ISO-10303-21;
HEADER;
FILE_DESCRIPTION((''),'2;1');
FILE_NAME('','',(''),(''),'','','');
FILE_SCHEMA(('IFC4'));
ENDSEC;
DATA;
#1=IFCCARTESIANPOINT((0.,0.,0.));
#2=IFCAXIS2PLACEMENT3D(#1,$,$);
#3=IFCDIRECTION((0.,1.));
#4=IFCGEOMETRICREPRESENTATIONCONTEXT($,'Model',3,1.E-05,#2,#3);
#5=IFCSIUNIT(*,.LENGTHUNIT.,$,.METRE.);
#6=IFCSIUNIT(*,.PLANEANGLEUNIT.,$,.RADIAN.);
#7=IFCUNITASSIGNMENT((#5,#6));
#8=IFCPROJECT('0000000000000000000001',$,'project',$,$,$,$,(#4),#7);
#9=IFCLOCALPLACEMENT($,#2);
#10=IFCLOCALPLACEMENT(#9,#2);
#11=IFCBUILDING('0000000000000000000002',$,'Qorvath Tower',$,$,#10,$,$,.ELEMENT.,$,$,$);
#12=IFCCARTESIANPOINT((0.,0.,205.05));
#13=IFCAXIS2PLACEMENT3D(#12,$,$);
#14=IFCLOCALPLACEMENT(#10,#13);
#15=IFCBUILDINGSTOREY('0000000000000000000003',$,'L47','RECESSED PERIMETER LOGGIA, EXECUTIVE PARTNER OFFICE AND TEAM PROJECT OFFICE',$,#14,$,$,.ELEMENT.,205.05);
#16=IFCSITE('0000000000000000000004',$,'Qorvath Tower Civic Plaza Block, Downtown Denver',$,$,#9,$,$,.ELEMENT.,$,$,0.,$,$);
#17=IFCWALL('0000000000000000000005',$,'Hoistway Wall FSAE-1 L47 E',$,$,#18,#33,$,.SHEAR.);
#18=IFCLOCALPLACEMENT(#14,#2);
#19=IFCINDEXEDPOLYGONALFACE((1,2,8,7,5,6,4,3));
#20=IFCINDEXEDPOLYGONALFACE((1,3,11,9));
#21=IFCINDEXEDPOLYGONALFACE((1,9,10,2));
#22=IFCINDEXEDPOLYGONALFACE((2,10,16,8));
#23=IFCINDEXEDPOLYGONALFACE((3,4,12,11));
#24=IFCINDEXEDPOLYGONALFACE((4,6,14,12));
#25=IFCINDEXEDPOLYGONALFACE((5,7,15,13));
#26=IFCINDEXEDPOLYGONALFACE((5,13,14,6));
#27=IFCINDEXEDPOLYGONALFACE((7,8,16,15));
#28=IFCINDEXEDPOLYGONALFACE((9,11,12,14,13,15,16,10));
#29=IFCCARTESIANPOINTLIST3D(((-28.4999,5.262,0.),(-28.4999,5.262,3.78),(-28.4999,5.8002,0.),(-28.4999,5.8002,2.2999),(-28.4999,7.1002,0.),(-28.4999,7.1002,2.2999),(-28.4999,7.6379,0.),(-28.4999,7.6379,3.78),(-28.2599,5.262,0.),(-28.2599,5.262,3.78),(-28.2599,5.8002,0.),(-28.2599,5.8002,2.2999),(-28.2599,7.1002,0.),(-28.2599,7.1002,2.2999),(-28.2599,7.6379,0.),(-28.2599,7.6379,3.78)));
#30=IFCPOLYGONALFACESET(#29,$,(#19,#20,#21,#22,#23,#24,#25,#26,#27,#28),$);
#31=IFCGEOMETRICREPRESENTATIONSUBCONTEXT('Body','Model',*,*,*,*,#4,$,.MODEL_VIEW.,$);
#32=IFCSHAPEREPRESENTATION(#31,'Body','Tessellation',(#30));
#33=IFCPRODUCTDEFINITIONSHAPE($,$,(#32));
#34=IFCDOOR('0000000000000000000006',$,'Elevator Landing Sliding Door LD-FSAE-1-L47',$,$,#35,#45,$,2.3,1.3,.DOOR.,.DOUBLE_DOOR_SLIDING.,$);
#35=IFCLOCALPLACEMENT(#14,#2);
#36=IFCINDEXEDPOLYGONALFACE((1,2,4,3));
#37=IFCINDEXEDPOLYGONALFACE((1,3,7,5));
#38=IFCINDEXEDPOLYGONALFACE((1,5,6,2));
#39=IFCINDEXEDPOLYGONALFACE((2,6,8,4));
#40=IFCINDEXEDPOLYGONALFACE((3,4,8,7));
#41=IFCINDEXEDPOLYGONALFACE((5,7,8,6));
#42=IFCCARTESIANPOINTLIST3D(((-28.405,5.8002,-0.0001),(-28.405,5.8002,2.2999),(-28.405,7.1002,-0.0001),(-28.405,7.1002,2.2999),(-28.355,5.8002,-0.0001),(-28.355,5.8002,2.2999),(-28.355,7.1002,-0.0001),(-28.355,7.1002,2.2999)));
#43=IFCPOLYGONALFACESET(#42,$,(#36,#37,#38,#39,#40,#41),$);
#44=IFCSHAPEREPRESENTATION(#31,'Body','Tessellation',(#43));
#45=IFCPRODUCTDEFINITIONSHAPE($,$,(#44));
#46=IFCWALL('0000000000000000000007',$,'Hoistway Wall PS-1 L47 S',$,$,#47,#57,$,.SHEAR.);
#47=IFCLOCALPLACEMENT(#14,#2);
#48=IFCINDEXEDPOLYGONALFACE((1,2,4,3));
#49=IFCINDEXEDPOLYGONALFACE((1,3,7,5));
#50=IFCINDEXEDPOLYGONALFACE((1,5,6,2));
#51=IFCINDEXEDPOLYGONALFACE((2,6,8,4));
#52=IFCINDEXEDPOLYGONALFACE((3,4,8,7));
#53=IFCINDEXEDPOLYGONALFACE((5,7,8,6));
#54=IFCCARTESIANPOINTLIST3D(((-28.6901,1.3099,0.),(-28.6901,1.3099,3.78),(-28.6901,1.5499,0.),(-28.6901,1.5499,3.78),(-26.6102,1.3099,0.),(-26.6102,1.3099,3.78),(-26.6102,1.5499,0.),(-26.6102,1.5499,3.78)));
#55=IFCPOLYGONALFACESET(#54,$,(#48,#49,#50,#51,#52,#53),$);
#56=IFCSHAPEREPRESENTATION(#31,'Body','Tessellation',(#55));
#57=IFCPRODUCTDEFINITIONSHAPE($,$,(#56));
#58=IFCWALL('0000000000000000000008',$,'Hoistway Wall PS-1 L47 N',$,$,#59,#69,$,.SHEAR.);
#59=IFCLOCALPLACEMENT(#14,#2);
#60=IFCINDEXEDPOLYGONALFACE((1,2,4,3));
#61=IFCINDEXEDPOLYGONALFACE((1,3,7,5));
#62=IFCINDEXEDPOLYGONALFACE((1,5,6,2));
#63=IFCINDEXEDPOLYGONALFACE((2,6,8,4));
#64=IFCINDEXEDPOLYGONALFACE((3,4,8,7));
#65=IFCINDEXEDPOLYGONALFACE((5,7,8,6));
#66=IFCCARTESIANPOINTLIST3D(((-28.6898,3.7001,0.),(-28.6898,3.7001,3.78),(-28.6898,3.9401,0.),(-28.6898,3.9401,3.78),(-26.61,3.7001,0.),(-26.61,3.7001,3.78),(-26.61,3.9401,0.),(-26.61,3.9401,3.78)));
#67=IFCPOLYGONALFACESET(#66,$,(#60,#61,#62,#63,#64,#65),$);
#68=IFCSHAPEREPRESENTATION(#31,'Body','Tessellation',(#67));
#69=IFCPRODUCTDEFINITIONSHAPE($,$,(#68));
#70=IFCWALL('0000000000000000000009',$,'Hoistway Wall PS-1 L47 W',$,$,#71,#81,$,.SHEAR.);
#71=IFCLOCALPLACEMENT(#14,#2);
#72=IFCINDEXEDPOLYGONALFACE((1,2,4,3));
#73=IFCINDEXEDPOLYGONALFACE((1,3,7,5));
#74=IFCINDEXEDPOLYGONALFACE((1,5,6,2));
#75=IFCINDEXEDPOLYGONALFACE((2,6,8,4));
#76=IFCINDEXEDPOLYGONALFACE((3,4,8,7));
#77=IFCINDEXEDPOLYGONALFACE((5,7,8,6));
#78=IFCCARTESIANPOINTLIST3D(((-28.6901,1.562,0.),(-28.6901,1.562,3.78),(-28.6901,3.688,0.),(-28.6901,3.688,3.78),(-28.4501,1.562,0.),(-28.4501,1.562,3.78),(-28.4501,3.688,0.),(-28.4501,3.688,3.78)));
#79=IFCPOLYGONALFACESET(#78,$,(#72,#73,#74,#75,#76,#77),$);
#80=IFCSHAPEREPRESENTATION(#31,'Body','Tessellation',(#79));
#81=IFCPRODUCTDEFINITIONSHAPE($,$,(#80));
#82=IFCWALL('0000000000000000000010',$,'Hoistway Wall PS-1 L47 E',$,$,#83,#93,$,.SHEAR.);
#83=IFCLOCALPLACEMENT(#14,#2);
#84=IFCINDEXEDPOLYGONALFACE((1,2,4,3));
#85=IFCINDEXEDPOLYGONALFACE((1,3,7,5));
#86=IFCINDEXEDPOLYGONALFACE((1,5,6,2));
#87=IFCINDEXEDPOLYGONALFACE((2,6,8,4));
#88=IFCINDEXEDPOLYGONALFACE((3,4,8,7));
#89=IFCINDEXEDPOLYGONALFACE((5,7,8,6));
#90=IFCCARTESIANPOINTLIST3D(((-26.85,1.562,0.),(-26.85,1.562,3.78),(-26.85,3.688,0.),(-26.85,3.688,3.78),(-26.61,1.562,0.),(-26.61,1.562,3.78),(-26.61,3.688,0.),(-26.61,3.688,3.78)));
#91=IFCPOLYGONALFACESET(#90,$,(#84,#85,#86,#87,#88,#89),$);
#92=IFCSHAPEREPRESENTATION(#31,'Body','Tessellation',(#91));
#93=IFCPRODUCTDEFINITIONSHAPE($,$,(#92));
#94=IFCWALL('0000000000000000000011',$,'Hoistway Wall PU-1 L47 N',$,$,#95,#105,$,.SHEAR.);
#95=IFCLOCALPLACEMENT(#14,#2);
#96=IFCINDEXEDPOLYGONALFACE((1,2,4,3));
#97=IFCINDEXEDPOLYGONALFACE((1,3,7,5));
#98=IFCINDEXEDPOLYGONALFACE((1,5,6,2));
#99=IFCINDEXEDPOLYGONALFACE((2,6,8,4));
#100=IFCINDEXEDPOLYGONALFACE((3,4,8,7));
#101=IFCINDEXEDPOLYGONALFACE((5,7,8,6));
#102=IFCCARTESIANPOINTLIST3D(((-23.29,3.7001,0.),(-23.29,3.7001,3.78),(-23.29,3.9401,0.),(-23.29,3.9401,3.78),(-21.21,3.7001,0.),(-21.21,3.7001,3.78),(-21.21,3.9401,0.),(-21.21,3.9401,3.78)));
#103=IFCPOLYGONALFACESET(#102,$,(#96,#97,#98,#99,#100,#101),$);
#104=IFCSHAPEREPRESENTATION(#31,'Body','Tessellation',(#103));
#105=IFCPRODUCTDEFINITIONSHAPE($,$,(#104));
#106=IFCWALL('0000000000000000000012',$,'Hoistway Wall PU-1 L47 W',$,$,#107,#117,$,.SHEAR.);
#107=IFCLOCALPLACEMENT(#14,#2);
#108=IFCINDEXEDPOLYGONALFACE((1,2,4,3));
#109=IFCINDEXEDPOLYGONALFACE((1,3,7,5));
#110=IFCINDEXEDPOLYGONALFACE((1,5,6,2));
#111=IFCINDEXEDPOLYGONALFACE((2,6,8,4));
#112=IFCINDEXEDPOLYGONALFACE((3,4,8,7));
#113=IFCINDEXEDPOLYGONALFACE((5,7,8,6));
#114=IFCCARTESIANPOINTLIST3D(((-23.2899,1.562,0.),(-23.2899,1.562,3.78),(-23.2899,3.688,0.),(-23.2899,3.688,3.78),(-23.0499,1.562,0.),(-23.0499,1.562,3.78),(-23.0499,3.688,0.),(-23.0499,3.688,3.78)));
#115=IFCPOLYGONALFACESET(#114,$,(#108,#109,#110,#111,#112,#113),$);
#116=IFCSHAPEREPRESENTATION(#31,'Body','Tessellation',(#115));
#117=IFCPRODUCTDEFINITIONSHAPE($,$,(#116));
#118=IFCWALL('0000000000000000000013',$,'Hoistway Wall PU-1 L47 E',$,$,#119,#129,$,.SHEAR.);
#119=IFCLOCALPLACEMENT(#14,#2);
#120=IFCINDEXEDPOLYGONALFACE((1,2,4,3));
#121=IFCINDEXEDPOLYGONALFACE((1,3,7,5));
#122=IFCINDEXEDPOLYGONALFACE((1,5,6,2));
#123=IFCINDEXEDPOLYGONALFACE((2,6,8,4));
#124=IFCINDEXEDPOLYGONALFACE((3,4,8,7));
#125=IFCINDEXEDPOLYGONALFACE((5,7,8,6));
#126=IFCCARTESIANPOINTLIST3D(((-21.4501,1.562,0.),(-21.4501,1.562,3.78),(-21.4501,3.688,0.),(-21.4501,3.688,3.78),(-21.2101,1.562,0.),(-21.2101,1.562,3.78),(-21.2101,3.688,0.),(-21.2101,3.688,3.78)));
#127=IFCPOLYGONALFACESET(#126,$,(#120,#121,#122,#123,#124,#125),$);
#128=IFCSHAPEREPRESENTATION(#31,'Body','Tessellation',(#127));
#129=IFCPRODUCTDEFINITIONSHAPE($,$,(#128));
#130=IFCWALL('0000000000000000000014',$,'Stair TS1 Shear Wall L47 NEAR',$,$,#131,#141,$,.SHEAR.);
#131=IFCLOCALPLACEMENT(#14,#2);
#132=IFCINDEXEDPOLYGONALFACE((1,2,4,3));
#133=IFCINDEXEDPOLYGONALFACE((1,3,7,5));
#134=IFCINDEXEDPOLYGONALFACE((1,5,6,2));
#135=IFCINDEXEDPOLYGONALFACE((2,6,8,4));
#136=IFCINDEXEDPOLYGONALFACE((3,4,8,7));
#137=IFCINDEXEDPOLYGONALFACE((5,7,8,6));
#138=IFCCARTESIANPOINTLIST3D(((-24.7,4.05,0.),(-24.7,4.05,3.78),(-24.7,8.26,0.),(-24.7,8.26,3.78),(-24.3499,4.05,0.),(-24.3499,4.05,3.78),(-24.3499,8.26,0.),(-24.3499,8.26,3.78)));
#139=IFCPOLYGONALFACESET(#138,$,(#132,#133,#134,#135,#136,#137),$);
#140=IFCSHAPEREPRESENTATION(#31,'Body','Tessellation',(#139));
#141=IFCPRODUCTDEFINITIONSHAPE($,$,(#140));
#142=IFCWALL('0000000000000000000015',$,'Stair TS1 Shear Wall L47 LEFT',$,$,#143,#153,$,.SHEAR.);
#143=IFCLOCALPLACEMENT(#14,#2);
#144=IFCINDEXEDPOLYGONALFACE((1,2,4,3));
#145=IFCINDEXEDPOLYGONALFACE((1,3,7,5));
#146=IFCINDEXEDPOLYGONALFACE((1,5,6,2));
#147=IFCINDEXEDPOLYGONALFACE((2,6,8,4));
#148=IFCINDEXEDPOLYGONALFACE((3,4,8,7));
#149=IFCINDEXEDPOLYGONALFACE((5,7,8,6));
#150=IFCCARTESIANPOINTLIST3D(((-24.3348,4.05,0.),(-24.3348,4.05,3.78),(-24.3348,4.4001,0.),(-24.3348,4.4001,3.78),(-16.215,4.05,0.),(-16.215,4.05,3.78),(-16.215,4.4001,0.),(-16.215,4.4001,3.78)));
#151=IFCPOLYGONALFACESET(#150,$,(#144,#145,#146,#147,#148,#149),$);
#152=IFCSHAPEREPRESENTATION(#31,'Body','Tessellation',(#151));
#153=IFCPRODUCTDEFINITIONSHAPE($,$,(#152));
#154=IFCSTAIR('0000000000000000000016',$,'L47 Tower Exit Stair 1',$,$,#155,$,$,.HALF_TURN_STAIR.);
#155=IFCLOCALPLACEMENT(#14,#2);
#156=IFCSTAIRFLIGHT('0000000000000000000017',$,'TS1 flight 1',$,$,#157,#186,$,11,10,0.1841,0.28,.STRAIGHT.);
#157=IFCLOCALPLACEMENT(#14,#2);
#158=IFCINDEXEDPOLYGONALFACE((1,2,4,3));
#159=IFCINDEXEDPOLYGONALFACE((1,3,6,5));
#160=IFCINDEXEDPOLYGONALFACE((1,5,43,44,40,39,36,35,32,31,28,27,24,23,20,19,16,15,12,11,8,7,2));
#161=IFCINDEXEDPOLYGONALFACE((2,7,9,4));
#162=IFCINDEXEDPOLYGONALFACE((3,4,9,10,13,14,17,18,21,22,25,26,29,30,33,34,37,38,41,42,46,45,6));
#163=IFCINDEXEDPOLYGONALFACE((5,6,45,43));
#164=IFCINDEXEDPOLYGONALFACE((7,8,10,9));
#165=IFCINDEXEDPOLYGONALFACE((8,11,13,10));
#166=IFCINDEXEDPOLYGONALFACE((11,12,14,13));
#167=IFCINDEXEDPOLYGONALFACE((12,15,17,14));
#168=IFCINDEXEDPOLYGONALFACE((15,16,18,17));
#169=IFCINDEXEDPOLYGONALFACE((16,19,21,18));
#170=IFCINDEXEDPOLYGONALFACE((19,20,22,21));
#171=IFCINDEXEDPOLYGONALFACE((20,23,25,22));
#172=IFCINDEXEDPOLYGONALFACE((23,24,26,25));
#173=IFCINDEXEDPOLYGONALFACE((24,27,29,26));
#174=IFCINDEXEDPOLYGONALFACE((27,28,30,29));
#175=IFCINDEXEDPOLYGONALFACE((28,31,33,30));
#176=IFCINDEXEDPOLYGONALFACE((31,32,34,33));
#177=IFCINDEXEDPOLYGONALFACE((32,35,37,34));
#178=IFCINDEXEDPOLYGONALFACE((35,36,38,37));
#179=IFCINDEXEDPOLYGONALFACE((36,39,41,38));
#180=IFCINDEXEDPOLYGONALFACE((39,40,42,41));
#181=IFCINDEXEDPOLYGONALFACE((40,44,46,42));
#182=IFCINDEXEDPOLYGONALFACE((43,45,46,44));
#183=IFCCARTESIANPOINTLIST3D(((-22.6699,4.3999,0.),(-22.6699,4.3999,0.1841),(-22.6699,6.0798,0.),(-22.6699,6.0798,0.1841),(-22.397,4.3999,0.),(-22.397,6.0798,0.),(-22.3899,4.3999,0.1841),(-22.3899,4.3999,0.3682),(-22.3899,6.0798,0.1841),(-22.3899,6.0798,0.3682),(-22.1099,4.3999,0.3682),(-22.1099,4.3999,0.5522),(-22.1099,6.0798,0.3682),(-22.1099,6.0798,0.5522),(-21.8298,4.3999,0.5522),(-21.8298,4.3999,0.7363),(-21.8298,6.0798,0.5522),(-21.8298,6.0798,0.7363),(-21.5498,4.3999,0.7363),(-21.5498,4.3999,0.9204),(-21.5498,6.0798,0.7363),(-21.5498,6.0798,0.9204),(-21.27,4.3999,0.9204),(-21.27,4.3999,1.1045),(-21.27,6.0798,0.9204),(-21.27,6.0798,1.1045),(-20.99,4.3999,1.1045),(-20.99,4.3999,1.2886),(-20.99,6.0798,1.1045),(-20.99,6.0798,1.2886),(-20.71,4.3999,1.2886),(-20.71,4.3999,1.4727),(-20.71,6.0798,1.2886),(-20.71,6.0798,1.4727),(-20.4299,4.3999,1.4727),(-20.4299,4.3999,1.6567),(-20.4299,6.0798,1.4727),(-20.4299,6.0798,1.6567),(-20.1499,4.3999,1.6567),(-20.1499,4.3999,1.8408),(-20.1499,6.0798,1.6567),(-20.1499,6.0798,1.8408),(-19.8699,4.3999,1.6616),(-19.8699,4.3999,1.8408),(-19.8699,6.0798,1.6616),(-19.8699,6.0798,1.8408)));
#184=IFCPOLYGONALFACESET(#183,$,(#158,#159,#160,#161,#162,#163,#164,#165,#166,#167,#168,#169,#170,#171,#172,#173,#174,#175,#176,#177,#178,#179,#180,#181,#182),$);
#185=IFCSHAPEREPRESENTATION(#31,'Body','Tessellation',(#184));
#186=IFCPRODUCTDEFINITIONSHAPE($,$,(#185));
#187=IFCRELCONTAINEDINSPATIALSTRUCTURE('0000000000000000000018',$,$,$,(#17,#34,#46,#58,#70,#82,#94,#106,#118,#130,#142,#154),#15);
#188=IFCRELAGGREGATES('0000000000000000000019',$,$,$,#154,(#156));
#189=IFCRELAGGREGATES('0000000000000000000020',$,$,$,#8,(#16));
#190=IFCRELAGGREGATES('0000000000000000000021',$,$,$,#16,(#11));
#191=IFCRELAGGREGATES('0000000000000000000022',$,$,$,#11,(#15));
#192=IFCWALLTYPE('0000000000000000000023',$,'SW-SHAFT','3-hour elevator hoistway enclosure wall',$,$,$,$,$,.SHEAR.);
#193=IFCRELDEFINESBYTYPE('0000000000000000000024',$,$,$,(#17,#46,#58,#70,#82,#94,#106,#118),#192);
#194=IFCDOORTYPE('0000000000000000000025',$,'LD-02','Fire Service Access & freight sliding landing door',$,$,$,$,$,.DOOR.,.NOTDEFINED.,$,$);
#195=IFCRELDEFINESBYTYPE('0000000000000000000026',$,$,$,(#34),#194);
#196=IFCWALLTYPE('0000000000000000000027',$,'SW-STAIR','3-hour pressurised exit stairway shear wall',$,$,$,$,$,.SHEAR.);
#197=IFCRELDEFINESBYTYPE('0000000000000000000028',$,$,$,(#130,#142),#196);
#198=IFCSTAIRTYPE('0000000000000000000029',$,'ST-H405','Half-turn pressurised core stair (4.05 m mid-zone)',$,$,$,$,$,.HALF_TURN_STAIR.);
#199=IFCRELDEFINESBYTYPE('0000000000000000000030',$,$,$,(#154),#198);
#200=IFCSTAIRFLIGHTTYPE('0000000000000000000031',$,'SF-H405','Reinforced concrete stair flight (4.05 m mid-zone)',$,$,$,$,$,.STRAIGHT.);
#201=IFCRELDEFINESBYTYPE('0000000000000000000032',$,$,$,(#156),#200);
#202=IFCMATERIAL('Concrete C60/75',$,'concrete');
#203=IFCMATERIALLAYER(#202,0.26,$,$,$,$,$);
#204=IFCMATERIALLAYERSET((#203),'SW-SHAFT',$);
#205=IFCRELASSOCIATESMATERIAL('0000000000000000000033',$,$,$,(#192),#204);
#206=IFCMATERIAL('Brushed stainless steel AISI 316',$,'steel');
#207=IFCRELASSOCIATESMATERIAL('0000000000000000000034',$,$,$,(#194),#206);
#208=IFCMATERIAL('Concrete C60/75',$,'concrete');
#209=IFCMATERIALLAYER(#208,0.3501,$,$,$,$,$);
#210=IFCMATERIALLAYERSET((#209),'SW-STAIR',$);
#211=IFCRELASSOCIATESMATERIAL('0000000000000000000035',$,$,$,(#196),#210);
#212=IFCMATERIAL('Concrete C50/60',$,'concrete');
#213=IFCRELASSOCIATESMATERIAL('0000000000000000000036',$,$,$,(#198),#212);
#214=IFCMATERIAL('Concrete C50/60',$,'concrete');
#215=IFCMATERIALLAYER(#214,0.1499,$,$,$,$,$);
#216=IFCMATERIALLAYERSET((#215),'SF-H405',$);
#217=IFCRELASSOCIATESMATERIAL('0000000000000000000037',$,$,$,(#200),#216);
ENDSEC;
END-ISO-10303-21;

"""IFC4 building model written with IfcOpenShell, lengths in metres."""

from ifc_helpers import new_model, si_unit, direction, frame, frame_2d, origin, place, context, subcontext, project, spatial, polyline, rectangle, outline, extrude, material, layer, layer_set, type_object, element, fill, aggregate, save


model = new_model("IFC4")

# Units and contexts
model_context = context("Model", 3, precision=1e-05, world=origin(), true_north=direction((0.0, 1.0)))
body_context = subcontext(model_context, "Body", "Model", "MODEL_VIEW")
ifc_project = project(units=[si_unit("LENGTHUNIT", "METRE"), si_unit("PLANEANGLEUNIT", "RADIAN")], contexts=[model_context])

# Site, building, storey
site_placement = place(None, origin())
site = spatial("IfcSite", under=ifc_project, at=site_placement, Name="Qorvath Tower Civic Plaza Block, Downtown Denver", CompositionType="ELEMENT", RefElevation=0.0)
building_placement = place(site_placement, origin())
building = spatial("IfcBuilding", under=site, at=building_placement, Name="Qorvath Tower", CompositionType="ELEMENT")
storey_placement = place(building_placement, frame((0.0, 0.0, 205.05)))
storey = spatial("IfcBuildingStorey", under=building, at=storey_placement, Name="L47", Description="RECESSED PERIMETER LOGGIA, EXECUTIVE PARTNER OFFICE AND TEAM PROJECT OFFICE", CompositionType="ELEMENT", Elevation=205.05)

# Shared definitions
ifc_material_1 = material(Name="Concrete C60/75", Category="concrete")
ifc_layer_1 = layer(ifc_material_1, 0.26)
ifc_layer_set_1 = layer_set([ifc_layer_1], Name="SW-SHAFT")
wall_type_1 = type_object("IfcWallType", Name="SW-SHAFT", Description="3-hour elevator hoistway enclosure wall", PredefinedType="SHEAR", material=ifc_layer_set_1)

# Wall, opening, door
wall_1_placement = place(storey_placement, frame((-28.3799, 7.6379, 0.0), z_axis=(0.0, 0.0, 1.0), x_axis=(0.0, -1.0, 0.0)))
wall_1 = element("IfcWall", 1, at=wall_1_placement, inside=storey, type_object=wall_type_1, Name="Hoistway Wall FSAE-1 L47 E", PredefinedType="SHEAR", context=body_context, shape_type="SweptSolid", body=[
    extrude(rectangle(XDim=2.376, YDim=0.24, at=frame_2d((1.188, 0.0))), origin(), (0.0, 0.0, 1.0), 3.78),
])
opening_1_placement = place(wall_1_placement, frame((0.5378, 0.0, 0.0)))
opening_1 = element("IfcOpeningElement", 2, at=opening_1_placement, cuts=wall_1, PredefinedType="OPENING", context=body_context, shape_type="SweptSolid", body=[
    extrude(rectangle(XDim=1.3, YDim=2.3, at=frame_2d((0.6499, 1.1499))), frame((0.0, 0.1299, 0.0), z_axis=(0.0, -1.0, 0.0), x_axis=(1.0, 0.0, 0.0)), (0.0, 0.0, 1.0), 0.26),
])
ifc_material_2 = material(Name="Brushed stainless steel AISI 316", Category="steel")
door_type_1 = type_object("IfcDoorType", Name="LD-02", Description="Fire Service Access & freight sliding landing door", OperationType="NOTDEFINED", PredefinedType="DOOR", material=ifc_material_2)
door_1_placement = place(opening_1_placement, origin())
door_1 = element("IfcDoor", 3, at=door_1_placement, inside=storey, type_object=door_type_1, Name="Elevator Landing Sliding Door LD-FSAE-1-L47", OperationType="DOUBLE_DOOR_SLIDING", OverallHeight=2.3, OverallWidth=1.3, PredefinedType="DOOR", context=body_context, shape_type="SweptSolid", body=[
    extrude(rectangle(XDim=1.3, YDim=2.3, at=frame_2d((0.6499, 1.1499))), frame((0.0, 0.0249, 0.0), z_axis=(0.0, -1.0, 0.0), x_axis=(1.0, 0.0, 0.0)), (0.0, 0.0, 1.0), 0.05),
])
fill(opening_1, door_1)

# Walls
for number, where, z_axis, x_axis, name in (
    (4, (-26.6101, 1.4299, 0.0), (0.0, 0.0, 1.0), (-1.0, 0.0, 0.0), "Hoistway Wall PS-1 L47 S"),
    (5, (-28.6899, 3.8201, 0.0), (0.0, 0.0, 1.0), (1.0, 0.0, 0.0), "Hoistway Wall PS-1 L47 N"),
):
    element("IfcWall", number, at=place(storey_placement, frame(where, z_axis=z_axis, x_axis=x_axis)), inside=storey, type_object=wall_type_1, Name=name, PredefinedType="SHEAR", context=body_context, shape_type="SweptSolid", body=[
        extrude(rectangle(XDim=2.0798, YDim=0.24, at=frame_2d((1.04, 0.0))), origin(), (0.0, 0.0, 1.0), 3.78),
    ])
for number, where, z_axis, x_axis, name in (
    (6, (-28.5701, 1.562, 0.0), (0.0, 0.0, 1.0), (0.0, 1.0, 0.0), "Hoistway Wall PS-1 L47 W"),
    (7, (-26.73, 3.688, 0.0), (0.0, 0.0, 1.0), (0.0, -1.0, 0.0), "Hoistway Wall PS-1 L47 E"),
):
    element("IfcWall", number, at=place(storey_placement, frame(where, z_axis=z_axis, x_axis=x_axis)), inside=storey, type_object=wall_type_1, Name=name, PredefinedType="SHEAR", context=body_context, shape_type="SweptSolid", body=[
        extrude(rectangle(XDim=2.126, YDim=0.24, at=frame_2d((1.063, 0.0))), origin(), (0.0, 0.0, 1.0), 3.78),
    ])
wall_2_placement = place(storey_placement, frame((-23.29, 3.8201, 0.0), z_axis=(0.0, 0.0, 1.0), x_axis=(1.0, 0.0, 0.0)))
element("IfcWall", 8, at=wall_2_placement, inside=storey, type_object=wall_type_1, Name="Hoistway Wall PU-1 L47 N", PredefinedType="SHEAR", context=body_context, shape_type="SweptSolid", body=[
    extrude(rectangle(XDim=2.0801, YDim=0.24, at=frame_2d((1.04, 0.0))), origin(), (0.0, 0.0, 1.0), 3.78),
])
for number, where, z_axis, x_axis, name in (
    (9, (-23.1699, 1.562, 0.0), (0.0, 0.0, 1.0), (0.0, 1.0, 0.0), "Hoistway Wall PU-1 L47 W"),
    (10, (-21.3301, 3.688, 0.0), (0.0, 0.0, 1.0), (0.0, -1.0, 0.0), "Hoistway Wall PU-1 L47 E"),
):
    element("IfcWall", number, at=place(storey_placement, frame(where, z_axis=z_axis, x_axis=x_axis)), inside=storey, type_object=wall_type_1, Name=name, PredefinedType="SHEAR", context=body_context, shape_type="SweptSolid", body=[
        extrude(rectangle(XDim=2.126, YDim=0.24, at=frame_2d((1.063, 0.0))), origin(), (0.0, 0.0, 1.0), 3.78),
    ])
ifc_material_3 = material(Name="Concrete C60/75", Category="concrete")
ifc_layer_2 = layer(ifc_material_3, 0.3501)
ifc_layer_set_2 = layer_set([ifc_layer_2], Name="SW-STAIR")
wall_type_2 = type_object("IfcWallType", Name="SW-STAIR", Description="3-hour pressurised exit stairway shear wall", PredefinedType="SHEAR", material=ifc_layer_set_2)
wall_3_placement = place(storey_placement, frame((-24.5249, 8.26, 0.0), z_axis=(0.0, 0.0, 1.0), x_axis=(0.0, -1.0, 0.0)))
element("IfcWall", 11, at=wall_3_placement, inside=storey, type_object=wall_type_2, Name="Stair TS1 Shear Wall L47 NEAR", PredefinedType="SHEAR", context=body_context, shape_type="SweptSolid", body=[
    extrude(rectangle(XDim=4.21, YDim=0.3501, at=frame_2d((2.105, 0.0))), origin(), (0.0, 0.0, 1.0), 3.78),
])
wall_4_placement = place(storey_placement, frame((-24.335, 4.2251, 0.0), z_axis=(0.0, 0.0, 1.0), x_axis=(1.0, 0.0, 0.0)))
element("IfcWall", 12, at=wall_4_placement, inside=storey, type_object=wall_type_2, Name="Stair TS1 Shear Wall L47 LEFT", PredefinedType="SHEAR", context=body_context, shape_type="SweptSolid", body=[
    extrude(rectangle(XDim=8.1199, YDim=0.3501, at=frame_2d((4.0601, 0.0))), origin(), (0.0, 0.0, 1.0), 3.78),
])

# Stair, stair flight
ifc_material_4 = material(Name="Concrete C50/60", Category="concrete")
stair_type = type_object("IfcStairType", Name="ST-H405", Description="Half-turn pressurised core stair (4.05 m mid-zone)", PredefinedType="HALF_TURN_STAIR", material=ifc_material_4)
stair_placement = place(storey_placement, origin())
stair = element("IfcStair", 13, at=stair_placement, inside=storey, type_object=stair_type, Name="L47 Tower Exit Stair 1", PredefinedType="HALF_TURN_STAIR")
ifc_material_5 = material(Name="Concrete C50/60", Category="concrete")
ifc_layer_3 = layer(ifc_material_5, 0.1499)
ifc_layer_set_3 = layer_set([ifc_layer_3], Name="SF-H405")
stair_flight_type = type_object("IfcStairFlightType", Name="SF-H405", Description="Reinforced concrete stair flight (4.05 m mid-zone)", PredefinedType="STRAIGHT", material=ifc_layer_set_3)
stair_flight_placement = place(storey_placement, frame((-22.6699, 5.24, 0.0), z_axis=(0.0, 0.0, 1.0), x_axis=(1.0, 0.0, 0.0)))
stair_flight = element("IfcStairFlight", 14, at=stair_flight_placement, type_object=stair_flight_type, Name="TS1 flight 1", NumberOfRisers=11, NumberOfTreads=10, PredefinedType="STRAIGHT", RiserHeight=0.1841, TreadLength=0.28, context=body_context, shape_type="SweptSolid", body=[
    extrude(outline(polyline([(0.0, 0.0), (0.0, 0.1841), (0.28, 0.1841), (0.28, 0.3682), (0.5601, 0.3682), (0.5601, 0.5522), (0.8401, 0.5522), (0.8401, 0.7363), (1.1201, 0.7363), (1.1201, 0.9204), (1.3999, 0.9204), (1.3999, 1.1045), (1.6799, 1.1045), (1.6799, 1.2886), (1.96, 1.2886), (1.96, 1.4727), (2.24, 1.4727), (2.24, 1.6567), (2.52, 1.6567), (2.52, 1.8408), (2.8, 1.8408), (2.8, 2.0249), (2.8, 1.6616), (0.2729, 0.0), (0.0, 0.0)])), frame((0.0, 0.8398, 0.0), z_axis=(0.0, -1.0, 0.0), x_axis=(1.0, 0.0, 0.0)), (0.0, 0.0, 1.0), 1.6799),
])
aggregate(stair, [stair_flight])

save(model, "model.ifc")
